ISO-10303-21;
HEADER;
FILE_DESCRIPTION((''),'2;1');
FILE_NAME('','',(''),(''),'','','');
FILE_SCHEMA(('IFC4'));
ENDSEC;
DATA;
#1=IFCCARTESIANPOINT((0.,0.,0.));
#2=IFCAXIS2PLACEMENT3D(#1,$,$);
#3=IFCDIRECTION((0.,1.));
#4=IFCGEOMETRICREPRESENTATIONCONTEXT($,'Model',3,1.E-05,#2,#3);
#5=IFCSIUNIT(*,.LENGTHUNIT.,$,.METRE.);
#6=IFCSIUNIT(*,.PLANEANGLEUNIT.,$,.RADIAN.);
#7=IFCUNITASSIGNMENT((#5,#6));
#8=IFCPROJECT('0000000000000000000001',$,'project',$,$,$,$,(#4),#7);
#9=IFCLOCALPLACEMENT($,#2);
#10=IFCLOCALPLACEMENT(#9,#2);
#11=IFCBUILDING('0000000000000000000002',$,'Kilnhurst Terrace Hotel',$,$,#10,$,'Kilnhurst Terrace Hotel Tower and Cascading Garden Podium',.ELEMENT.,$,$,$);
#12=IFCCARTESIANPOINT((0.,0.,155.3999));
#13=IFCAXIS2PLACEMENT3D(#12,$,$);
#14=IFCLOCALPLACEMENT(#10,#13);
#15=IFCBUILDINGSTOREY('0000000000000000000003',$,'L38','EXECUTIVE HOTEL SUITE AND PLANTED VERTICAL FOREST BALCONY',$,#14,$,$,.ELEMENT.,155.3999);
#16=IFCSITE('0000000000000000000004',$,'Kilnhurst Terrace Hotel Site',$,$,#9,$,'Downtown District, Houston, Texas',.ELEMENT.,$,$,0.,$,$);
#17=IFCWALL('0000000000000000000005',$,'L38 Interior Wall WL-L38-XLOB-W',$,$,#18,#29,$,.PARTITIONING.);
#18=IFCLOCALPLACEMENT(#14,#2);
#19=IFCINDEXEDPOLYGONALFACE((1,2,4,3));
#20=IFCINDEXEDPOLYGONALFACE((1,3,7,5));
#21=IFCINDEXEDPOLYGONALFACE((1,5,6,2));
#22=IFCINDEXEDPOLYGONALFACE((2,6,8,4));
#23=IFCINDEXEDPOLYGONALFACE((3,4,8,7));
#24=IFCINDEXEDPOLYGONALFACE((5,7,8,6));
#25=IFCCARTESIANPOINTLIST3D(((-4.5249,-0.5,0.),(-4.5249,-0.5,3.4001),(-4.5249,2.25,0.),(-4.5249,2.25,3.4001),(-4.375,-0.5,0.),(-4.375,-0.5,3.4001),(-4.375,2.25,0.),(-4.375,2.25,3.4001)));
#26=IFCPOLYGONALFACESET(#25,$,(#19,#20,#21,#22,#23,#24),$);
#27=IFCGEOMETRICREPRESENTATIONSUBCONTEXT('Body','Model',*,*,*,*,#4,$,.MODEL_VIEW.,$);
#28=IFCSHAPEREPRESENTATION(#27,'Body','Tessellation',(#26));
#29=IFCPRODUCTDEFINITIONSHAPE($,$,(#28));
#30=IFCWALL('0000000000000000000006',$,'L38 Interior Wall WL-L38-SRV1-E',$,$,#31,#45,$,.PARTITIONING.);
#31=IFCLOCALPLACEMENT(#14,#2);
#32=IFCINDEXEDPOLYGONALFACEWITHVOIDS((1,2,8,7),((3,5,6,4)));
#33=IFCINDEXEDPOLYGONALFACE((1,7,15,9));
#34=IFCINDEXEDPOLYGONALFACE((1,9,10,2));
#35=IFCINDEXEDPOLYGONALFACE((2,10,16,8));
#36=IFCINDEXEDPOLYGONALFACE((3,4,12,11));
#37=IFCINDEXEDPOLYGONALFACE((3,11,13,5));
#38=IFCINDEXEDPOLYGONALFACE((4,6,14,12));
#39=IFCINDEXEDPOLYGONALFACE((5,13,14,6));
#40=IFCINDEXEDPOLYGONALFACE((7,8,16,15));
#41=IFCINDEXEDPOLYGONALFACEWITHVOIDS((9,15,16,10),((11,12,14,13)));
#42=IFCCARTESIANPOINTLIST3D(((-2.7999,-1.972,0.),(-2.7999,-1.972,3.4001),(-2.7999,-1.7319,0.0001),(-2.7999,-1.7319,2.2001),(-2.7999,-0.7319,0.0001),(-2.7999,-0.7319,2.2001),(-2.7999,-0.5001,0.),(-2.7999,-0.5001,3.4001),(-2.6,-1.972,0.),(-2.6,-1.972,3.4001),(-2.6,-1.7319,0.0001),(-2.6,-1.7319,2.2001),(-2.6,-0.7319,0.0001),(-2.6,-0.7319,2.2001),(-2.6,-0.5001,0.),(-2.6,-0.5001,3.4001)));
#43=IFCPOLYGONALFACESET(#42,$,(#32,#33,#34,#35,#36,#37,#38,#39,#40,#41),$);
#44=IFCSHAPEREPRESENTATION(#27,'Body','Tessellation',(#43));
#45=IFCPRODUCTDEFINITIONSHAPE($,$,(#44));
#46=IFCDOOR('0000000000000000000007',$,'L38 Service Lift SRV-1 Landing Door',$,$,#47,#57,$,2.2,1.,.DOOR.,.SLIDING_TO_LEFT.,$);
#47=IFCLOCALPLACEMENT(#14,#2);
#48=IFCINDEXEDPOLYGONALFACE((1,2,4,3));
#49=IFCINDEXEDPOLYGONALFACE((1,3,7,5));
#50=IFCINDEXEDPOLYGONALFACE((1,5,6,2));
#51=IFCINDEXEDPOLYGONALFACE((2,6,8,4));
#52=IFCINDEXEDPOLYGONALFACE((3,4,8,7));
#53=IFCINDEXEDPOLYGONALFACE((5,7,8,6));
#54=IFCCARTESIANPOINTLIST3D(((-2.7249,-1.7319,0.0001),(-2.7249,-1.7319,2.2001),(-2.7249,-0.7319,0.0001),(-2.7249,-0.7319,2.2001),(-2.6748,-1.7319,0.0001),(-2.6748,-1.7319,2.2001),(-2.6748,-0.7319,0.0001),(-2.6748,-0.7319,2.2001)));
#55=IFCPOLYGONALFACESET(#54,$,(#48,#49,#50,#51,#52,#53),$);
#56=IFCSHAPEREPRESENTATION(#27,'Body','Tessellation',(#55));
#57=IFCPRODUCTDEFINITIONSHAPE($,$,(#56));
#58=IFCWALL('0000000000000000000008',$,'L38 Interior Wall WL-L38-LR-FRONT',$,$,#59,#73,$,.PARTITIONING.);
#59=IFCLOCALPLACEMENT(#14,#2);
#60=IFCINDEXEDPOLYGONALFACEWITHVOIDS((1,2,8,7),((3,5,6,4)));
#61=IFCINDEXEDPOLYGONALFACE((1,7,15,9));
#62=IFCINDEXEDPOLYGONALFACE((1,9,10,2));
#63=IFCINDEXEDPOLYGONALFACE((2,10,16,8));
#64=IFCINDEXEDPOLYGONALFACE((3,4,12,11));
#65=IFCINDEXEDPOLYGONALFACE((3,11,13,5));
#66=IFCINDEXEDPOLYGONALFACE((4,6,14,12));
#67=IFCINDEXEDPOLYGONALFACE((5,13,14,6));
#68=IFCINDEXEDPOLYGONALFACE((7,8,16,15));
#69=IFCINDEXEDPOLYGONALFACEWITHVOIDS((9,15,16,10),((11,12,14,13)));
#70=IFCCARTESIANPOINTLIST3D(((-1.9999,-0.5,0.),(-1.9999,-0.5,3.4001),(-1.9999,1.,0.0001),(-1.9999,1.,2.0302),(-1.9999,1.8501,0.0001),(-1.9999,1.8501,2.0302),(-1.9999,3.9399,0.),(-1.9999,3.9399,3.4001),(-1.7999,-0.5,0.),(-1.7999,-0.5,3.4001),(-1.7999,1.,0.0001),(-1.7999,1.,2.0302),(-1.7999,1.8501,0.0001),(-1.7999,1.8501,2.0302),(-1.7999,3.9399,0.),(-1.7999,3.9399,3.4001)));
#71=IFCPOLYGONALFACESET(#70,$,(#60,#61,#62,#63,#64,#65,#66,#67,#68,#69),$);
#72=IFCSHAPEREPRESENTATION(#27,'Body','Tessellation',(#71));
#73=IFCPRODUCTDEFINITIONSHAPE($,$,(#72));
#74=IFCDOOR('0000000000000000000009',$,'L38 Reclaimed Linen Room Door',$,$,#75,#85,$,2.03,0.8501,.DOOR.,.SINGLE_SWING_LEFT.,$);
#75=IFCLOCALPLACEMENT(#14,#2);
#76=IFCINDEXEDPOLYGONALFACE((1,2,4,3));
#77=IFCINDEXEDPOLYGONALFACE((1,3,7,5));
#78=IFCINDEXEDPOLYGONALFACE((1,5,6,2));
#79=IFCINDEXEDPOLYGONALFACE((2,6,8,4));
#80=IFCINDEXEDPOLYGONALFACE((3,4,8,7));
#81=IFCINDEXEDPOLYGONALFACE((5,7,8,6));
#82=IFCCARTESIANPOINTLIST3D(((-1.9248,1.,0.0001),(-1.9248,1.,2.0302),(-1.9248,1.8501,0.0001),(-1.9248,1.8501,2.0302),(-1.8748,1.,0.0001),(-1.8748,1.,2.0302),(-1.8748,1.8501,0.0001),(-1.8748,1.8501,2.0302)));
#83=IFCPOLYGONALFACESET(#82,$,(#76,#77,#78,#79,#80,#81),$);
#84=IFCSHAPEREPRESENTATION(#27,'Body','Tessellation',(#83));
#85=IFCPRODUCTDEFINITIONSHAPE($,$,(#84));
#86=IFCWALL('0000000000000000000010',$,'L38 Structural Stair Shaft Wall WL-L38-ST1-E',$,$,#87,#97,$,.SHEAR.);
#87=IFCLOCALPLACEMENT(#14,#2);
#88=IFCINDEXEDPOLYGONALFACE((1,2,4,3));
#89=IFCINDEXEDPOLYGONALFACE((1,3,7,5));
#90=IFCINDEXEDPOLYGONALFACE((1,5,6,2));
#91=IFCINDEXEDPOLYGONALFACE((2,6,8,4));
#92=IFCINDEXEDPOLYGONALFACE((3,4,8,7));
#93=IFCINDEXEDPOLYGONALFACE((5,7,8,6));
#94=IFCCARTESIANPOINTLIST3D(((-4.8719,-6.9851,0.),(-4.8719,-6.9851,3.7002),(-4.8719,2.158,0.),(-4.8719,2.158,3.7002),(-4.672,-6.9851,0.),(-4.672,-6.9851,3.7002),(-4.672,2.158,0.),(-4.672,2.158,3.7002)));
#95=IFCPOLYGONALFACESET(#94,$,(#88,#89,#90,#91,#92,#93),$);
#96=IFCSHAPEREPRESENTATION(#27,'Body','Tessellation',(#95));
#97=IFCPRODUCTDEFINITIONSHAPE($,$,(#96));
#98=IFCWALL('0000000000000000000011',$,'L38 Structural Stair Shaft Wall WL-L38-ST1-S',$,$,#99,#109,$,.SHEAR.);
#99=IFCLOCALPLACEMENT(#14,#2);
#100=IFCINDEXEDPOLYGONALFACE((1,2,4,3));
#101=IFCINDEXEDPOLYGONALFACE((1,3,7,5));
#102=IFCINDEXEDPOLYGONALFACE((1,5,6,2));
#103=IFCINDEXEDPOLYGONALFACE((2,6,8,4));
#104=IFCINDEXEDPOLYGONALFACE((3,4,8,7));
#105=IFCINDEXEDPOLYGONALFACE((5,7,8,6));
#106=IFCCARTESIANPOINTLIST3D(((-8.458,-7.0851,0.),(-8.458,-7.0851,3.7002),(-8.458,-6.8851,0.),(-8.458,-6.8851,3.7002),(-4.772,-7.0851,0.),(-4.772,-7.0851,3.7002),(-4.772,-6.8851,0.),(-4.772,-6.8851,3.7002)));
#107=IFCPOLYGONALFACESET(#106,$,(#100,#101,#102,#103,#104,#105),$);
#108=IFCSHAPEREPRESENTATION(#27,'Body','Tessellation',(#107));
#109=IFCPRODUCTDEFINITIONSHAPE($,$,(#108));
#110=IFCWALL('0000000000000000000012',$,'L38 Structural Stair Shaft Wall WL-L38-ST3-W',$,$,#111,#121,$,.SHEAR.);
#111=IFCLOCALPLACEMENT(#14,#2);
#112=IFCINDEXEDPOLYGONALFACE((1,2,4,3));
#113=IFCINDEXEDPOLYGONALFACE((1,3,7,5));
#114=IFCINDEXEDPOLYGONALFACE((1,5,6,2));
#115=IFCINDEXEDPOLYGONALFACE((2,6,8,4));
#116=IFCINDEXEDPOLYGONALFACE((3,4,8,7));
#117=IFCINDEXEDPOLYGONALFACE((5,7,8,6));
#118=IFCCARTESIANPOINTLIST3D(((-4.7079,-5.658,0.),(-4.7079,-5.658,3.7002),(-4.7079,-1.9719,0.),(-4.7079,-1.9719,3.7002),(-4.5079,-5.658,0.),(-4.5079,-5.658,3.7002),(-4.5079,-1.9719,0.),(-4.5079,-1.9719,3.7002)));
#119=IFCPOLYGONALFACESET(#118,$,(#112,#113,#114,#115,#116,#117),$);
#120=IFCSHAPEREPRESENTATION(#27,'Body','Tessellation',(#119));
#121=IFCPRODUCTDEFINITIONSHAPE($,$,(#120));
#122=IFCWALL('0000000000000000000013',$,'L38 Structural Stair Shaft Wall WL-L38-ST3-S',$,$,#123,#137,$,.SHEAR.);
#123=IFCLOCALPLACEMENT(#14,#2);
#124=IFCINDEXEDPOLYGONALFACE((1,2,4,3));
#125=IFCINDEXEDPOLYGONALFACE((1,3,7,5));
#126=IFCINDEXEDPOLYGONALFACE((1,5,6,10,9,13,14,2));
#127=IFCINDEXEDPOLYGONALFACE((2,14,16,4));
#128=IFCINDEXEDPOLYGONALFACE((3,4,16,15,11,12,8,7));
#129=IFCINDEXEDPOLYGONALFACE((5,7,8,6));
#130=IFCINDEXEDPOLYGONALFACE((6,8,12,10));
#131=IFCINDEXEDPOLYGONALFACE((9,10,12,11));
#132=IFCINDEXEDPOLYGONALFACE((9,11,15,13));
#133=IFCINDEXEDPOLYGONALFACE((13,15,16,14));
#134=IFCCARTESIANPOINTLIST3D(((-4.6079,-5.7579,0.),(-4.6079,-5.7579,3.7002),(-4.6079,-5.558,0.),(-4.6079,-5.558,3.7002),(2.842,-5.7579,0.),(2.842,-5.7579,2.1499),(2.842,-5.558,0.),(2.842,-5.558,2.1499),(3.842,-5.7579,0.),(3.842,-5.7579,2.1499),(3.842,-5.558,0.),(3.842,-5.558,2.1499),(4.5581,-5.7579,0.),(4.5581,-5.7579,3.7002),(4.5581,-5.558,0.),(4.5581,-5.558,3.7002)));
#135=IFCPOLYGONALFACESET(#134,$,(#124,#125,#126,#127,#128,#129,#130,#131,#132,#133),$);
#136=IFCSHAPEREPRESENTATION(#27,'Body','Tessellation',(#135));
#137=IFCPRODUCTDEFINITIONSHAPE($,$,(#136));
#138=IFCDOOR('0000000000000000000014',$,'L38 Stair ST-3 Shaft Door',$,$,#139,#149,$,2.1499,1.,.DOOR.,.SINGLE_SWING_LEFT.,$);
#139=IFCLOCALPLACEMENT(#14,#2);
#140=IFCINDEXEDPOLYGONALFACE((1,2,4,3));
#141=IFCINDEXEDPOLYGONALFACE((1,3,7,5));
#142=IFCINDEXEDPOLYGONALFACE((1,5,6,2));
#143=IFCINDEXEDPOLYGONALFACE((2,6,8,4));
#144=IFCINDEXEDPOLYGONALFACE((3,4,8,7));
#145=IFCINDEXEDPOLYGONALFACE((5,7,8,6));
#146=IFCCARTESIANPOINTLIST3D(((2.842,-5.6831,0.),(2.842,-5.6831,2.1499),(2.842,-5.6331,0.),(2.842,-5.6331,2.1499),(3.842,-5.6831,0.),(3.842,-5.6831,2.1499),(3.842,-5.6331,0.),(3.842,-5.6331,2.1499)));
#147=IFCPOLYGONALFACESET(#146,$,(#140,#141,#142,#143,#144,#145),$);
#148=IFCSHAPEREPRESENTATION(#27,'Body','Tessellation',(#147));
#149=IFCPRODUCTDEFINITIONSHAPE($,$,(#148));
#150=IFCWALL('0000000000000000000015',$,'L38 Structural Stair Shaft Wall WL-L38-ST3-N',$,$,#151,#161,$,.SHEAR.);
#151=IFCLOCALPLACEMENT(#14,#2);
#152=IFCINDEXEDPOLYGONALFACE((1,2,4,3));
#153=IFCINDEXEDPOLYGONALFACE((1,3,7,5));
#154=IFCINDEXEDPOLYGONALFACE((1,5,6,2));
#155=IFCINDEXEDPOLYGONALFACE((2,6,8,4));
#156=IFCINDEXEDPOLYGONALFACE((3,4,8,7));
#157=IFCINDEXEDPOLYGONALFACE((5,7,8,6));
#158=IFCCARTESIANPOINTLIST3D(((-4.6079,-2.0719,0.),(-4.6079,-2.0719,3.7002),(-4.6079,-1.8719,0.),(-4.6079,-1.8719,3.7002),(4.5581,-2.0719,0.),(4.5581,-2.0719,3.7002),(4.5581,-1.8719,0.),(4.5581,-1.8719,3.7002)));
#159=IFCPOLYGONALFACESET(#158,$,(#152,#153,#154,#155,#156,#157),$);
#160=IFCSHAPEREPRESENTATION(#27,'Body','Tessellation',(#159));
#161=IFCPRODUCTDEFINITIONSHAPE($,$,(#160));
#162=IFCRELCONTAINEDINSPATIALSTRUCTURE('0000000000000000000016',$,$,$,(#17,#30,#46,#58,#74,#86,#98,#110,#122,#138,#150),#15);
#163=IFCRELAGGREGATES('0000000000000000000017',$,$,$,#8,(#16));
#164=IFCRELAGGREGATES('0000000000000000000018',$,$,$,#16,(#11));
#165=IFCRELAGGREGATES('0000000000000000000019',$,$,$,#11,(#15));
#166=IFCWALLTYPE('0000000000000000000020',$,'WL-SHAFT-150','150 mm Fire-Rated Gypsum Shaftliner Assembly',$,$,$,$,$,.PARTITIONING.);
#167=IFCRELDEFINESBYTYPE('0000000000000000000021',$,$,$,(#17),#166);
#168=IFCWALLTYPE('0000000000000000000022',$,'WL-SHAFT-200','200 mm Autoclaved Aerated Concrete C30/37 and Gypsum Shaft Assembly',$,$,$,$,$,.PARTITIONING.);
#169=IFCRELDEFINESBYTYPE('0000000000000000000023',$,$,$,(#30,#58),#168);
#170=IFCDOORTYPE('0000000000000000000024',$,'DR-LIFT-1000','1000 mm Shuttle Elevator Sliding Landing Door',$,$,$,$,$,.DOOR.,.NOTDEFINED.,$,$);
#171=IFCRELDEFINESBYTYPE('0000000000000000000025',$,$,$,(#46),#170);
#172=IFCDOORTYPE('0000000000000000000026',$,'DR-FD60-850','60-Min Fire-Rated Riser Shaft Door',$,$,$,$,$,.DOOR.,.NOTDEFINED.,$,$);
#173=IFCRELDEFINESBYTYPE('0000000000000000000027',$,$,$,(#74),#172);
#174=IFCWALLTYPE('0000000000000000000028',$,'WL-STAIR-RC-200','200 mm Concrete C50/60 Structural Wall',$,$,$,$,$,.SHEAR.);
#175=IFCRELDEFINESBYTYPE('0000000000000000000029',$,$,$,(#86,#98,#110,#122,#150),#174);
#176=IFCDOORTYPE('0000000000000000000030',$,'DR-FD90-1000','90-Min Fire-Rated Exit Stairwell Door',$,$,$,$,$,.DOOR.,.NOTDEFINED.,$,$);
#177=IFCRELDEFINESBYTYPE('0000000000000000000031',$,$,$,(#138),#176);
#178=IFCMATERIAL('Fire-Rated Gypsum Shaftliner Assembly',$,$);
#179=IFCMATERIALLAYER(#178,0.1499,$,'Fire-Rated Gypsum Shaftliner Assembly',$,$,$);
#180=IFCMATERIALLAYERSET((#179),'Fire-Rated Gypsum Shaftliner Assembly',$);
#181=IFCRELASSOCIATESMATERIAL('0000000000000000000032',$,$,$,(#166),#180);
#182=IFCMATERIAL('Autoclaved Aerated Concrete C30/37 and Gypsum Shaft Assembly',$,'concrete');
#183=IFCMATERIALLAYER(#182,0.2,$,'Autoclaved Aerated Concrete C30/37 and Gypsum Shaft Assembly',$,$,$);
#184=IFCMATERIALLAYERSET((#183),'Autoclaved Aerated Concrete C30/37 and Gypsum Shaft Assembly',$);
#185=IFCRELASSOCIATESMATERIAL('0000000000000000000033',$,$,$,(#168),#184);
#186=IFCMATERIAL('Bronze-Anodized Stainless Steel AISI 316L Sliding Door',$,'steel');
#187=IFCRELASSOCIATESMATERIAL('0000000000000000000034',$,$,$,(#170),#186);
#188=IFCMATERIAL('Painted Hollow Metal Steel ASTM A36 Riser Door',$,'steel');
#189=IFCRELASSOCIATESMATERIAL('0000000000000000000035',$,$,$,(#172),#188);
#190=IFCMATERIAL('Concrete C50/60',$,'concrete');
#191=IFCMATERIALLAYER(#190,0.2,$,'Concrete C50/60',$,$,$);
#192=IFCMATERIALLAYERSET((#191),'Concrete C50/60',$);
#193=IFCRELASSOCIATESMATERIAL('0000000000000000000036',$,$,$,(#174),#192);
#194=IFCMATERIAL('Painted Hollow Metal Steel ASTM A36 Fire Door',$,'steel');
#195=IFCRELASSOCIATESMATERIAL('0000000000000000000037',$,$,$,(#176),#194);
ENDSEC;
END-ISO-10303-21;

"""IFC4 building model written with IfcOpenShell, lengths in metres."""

from ifc_helpers import new_model, si_unit, direction, frame, frame_2d, origin, place, context, subcontext, project, spatial, rectangle, extrude, material, layer, layer_set, type_object, element, fill, save


model = new_model("IFC4")

# Units and contexts
model_context = context("Model", 3, precision=1e-05, world=origin(), true_north=direction((0.0, 1.0)))
body_context = subcontext(model_context, "Body", "Model", "MODEL_VIEW")
ifc_project = project(units=[si_unit("LENGTHUNIT", "METRE"), si_unit("PLANEANGLEUNIT", "RADIAN")], contexts=[model_context])

# Site, building, storey
site_placement = place(None, origin())
site = spatial("IfcSite", under=ifc_project, at=site_placement, Name="Kilnhurst Terrace Hotel Site", LongName="Downtown District, Houston, Texas", CompositionType="ELEMENT", RefElevation=0.0)
building_placement = place(site_placement, origin())
building = spatial("IfcBuilding", under=site, at=building_placement, Name="Kilnhurst Terrace Hotel", LongName="Kilnhurst Terrace Hotel Tower and Cascading Garden Podium", CompositionType="ELEMENT")
storey_placement = place(building_placement, frame((0.0, 0.0, 155.3999)))
storey = spatial("IfcBuildingStorey", under=building, at=storey_placement, Name="L38", Description="EXECUTIVE HOTEL SUITE AND PLANTED VERTICAL FOREST BALCONY", CompositionType="ELEMENT", Elevation=155.3999)

# Wall
ifc_material_1 = material(Name="Fire-Rated Gypsum Shaftliner Assembly")
ifc_layer_1 = layer(ifc_material_1, 0.1499, Name="Fire-Rated Gypsum Shaftliner Assembly")
ifc_layer_set_1 = layer_set([ifc_layer_1], Name="Fire-Rated Gypsum Shaftliner Assembly")
wall_type_1 = type_object("IfcWallType", Name="WL-SHAFT-150", Description="150 mm Fire-Rated Gypsum Shaftliner Assembly", PredefinedType="PARTITIONING", material=ifc_layer_set_1)
wall_1_placement = place(storey_placement, frame((-4.45, -0.5, 0.0), z_axis=(0.0, 0.0, 1.0), x_axis=(0.0, 1.0, 0.0)))
element("IfcWall", 1, at=wall_1_placement, inside=storey, type_object=wall_type_1, Name="L38 Interior Wall WL-L38-XLOB-W", PredefinedType="PARTITIONING", context=body_context, shape_type="SweptSolid", body=[
    extrude(rectangle(XDim=2.75, YDim=0.1499, at=frame_2d((1.375, 0.0))), origin(), (0.0, 0.0, 1.0), 3.4001),
])

# Walls, openings, doors
ifc_material_2 = material(Name="Autoclaved Aerated Concrete C30/37 and Gypsum Shaft Assembly", Category="concrete")
ifc_layer_2 = layer(ifc_material_2, 0.2, Name="Autoclaved Aerated Concrete C30/37 and Gypsum Shaft Assembly")
ifc_layer_set_2 = layer_set([ifc_layer_2], Name="Autoclaved Aerated Concrete C30/37 and Gypsum Shaft Assembly")
wall_type_2 = type_object("IfcWallType", Name="WL-SHAFT-200", Description="200 mm Autoclaved Aerated Concrete C30/37 and Gypsum Shaft Assembly", PredefinedType="PARTITIONING", material=ifc_layer_set_2)
wall_2_placement = place(storey_placement, frame((-2.7, -1.9719, 0.0), z_axis=(0.0, 0.0, 1.0), x_axis=(0.0, 1.0, 0.0)))
wall_2 = element("IfcWall", 2, at=wall_2_placement, inside=storey, type_object=wall_type_2, Name="L38 Interior Wall WL-L38-SRV1-E", PredefinedType="PARTITIONING", context=body_context, shape_type="SweptSolid", body=[
    extrude(rectangle(XDim=1.4719, YDim=0.2, at=frame_2d((0.7358, 0.0))), origin(), (0.0, 0.0, 1.0), 3.4001),
])
opening_1_placement = place(wall_2_placement, frame((0.24, 0.0, 0.0)))
opening_1 = element("IfcOpeningElement", 3, at=opening_1_placement, cuts=wall_2, PredefinedType="OPENING", context=body_context, shape_type="SweptSolid", body=[
    extrude(rectangle(XDim=1.0, YDim=2.2, at=frame_2d((0.5, 1.1001))), frame((0.0, 0.1099, 0.0), z_axis=(0.0, -1.0, 0.0), x_axis=(1.0, 0.0, 0.0)), (0.0, 0.0, 1.0), 0.22),
])
ifc_material_3 = material(Name="Bronze-Anodized Stainless Steel AISI 316L Sliding Door", Category="steel")
door_type_1 = type_object("IfcDoorType", Name="DR-LIFT-1000", Description="1000 mm Shuttle Elevator Sliding Landing Door", OperationType="NOTDEFINED", PredefinedType="DOOR", material=ifc_material_3)
door_1_placement = place(opening_1_placement, origin())
door_1 = element("IfcDoor", 4, at=door_1_placement, inside=storey, type_object=door_type_1, Name="L38 Service Lift SRV-1 Landing Door", OperationType="SLIDING_TO_LEFT", OverallHeight=2.2, OverallWidth=1.0, PredefinedType="DOOR", context=body_context, shape_type="SweptSolid", body=[
    extrude(rectangle(XDim=1.0, YDim=2.2, at=frame_2d((0.5, 1.1001))), frame((0.0, 0.0249, 0.0), z_axis=(0.0, -1.0, 0.0), x_axis=(1.0, 0.0, 0.0)), (0.0, 0.0, 1.0), 0.05),
])
fill(opening_1, door_1)
wall_3_placement = place(storey_placement, frame((-1.8999, -0.5, 0.0), z_axis=(0.0, 0.0, 1.0), x_axis=(0.0, 1.0, 0.0)))
wall_3 = element("IfcWall", 5, at=wall_3_placement, inside=storey, type_object=wall_type_2, Name="L38 Interior Wall WL-L38-LR-FRONT", PredefinedType="PARTITIONING", context=body_context, shape_type="SweptSolid", body=[
    extrude(rectangle(XDim=4.4399, YDim=0.2, at=frame_2d((2.22, 0.0))), origin(), (0.0, 0.0, 1.0), 3.4001),
])
opening_2_placement = place(wall_3_placement, frame((1.5, 0.0, 0.0)))
opening_2 = element("IfcOpeningElement", 6, at=opening_2_placement, cuts=wall_3, PredefinedType="OPENING", context=body_context, shape_type="SweptSolid", body=[
    extrude(rectangle(XDim=0.8501, YDim=2.03, at=frame_2d((0.425, 1.0151))), frame((0.0, 0.1099, 0.0), z_axis=(0.0, -1.0, 0.0), x_axis=(1.0, 0.0, 0.0)), (0.0, 0.0, 1.0), 0.22),
])
ifc_material_4 = material(Name="Painted Hollow Metal Steel ASTM A36 Riser Door", Category="steel")
door_type_2 = type_object("IfcDoorType", Name="DR-FD60-850", Description="60-Min Fire-Rated Riser Shaft Door", OperationType="NOTDEFINED", PredefinedType="DOOR", material=ifc_material_4)
door_2_placement = place(opening_2_placement, origin())
door_2 = element("IfcDoor", 7, at=door_2_placement, inside=storey, type_object=door_type_2, Name="L38 Reclaimed Linen Room Door", OperationType="SINGLE_SWING_LEFT", OverallHeight=2.03, OverallWidth=0.8501, PredefinedType="DOOR", context=body_context, shape_type="SweptSolid", body=[
    extrude(rectangle(XDim=0.8501, YDim=2.03, at=frame_2d((0.425, 1.0151))), frame((0.0, 0.0249, 0.0), z_axis=(0.0, -1.0, 0.0), x_axis=(1.0, 0.0, 0.0)), (0.0, 0.0, 1.0), 0.05),
])
fill(opening_2, door_2)

# Walls
ifc_material_5 = material(Name="Concrete C50/60", Category="concrete")
ifc_layer_3 = layer(ifc_material_5, 0.2, Name="Concrete C50/60")
ifc_layer_set_3 = layer_set([ifc_layer_3], Name="Concrete C50/60")
wall_type_3 = type_object("IfcWallType", Name="WL-STAIR-RC-200", Description="200 mm Concrete C50/60 Structural Wall", PredefinedType="SHEAR", material=ifc_layer_set_3)
wall_4_placement = place(storey_placement, frame((-4.772, -6.9851, 0.0), z_axis=(0.0, 0.0, 1.0), x_axis=(0.0, 1.0, 0.0)))
element("IfcWall", 8, at=wall_4_placement, inside=storey, type_object=wall_type_3, Name="L38 Structural Stair Shaft Wall WL-L38-ST1-E", PredefinedType="SHEAR", context=body_context, shape_type="SweptSolid", body=[
    extrude(rectangle(XDim=9.1431, YDim=0.2, at=frame_2d((4.5715, 0.0))), origin(), (0.0, 0.0, 1.0), 3.7002),
])
for number, where, z_axis, x_axis, name in (
    (9, (-8.458, -6.9851, 0.0), (0.0, 0.0, 1.0), (1.0, 0.0, 0.0), "L38 Structural Stair Shaft Wall WL-L38-ST1-S"),
    (10, (-4.6079, -5.658, 0.0), (0.0, 0.0, 1.0), (0.0, 1.0, 0.0), "L38 Structural Stair Shaft Wall WL-L38-ST3-W"),
):
    element("IfcWall", number, at=place(storey_placement, frame(where, z_axis=z_axis, x_axis=x_axis)), inside=storey, type_object=wall_type_3, Name=name, PredefinedType="SHEAR", context=body_context, shape_type="SweptSolid", body=[
        extrude(rectangle(XDim=3.686, YDim=0.2, at=frame_2d((1.843, 0.0))), origin(), (0.0, 0.0, 1.0), 3.7002),
    ])

# Wall, opening, door
wall_5_placement = place(storey_placement, frame((-4.6079, -5.658, 0.0), z_axis=(0.0, 0.0, 1.0), x_axis=(1.0, 0.0, 0.0)))
wall_5 = element("IfcWall", 11, at=wall_5_placement, inside=storey, type_object=wall_type_3, Name="L38 Structural Stair Shaft Wall WL-L38-ST3-S", PredefinedType="SHEAR", context=body_context, shape_type="SweptSolid", body=[
    extrude(rectangle(XDim=9.166, YDim=0.2, at=frame_2d((4.583, 0.0))), origin(), (0.0, 0.0, 1.0), 3.7002),
])
opening_3_placement = place(wall_5_placement, frame((7.45, 0.0, 0.0)))
opening_3 = element("IfcOpeningElement", 12, at=opening_3_placement, cuts=wall_5, PredefinedType="OPENING", context=body_context, shape_type="SweptSolid", body=[
    extrude(rectangle(XDim=1.0, YDim=2.1499, at=frame_2d((0.5, 1.075))), frame((0.0, 0.1099, 0.0), z_axis=(0.0, -1.0, 0.0), x_axis=(1.0, 0.0, 0.0)), (0.0, 0.0, 1.0), 0.22),
])
ifc_material_6 = material(Name="Painted Hollow Metal Steel ASTM A36 Fire Door", Category="steel")
door_type_3 = type_object("IfcDoorType", Name="DR-FD90-1000", Description="90-Min Fire-Rated Exit Stairwell Door", OperationType="NOTDEFINED", PredefinedType="DOOR", material=ifc_material_6)
door_3_placement = place(opening_3_placement, origin())
door_3 = element("IfcDoor", 13, at=door_3_placement, inside=storey, type_object=door_type_3, Name="L38 Stair ST-3 Shaft Door", OperationType="SINGLE_SWING_LEFT", OverallHeight=2.1499, OverallWidth=1.0, PredefinedType="DOOR", context=body_context, shape_type="SweptSolid", body=[
    extrude(rectangle(XDim=1.0, YDim=2.1499, at=frame_2d((0.5, 1.075))), frame((0.0, 0.0249, 0.0), z_axis=(0.0, -1.0, 0.0), x_axis=(1.0, 0.0, 0.0)), (0.0, 0.0, 1.0), 0.05),
])
fill(opening_3, door_3)

# Wall
wall_6_placement = place(storey_placement, frame((-4.6079, -1.9719, 0.0), z_axis=(0.0, 0.0, 1.0), x_axis=(1.0, 0.0, 0.0)))
element("IfcWall", 14, at=wall_6_placement, inside=storey, type_object=wall_type_3, Name="L38 Structural Stair Shaft Wall WL-L38-ST3-N", PredefinedType="SHEAR", context=body_context, shape_type="SweptSolid", body=[
    extrude(rectangle(XDim=9.166, YDim=0.2, at=frame_2d((4.583, 0.0))), origin(), (0.0, 0.0, 1.0), 3.7002),
])

save(model, "model.ifc")
